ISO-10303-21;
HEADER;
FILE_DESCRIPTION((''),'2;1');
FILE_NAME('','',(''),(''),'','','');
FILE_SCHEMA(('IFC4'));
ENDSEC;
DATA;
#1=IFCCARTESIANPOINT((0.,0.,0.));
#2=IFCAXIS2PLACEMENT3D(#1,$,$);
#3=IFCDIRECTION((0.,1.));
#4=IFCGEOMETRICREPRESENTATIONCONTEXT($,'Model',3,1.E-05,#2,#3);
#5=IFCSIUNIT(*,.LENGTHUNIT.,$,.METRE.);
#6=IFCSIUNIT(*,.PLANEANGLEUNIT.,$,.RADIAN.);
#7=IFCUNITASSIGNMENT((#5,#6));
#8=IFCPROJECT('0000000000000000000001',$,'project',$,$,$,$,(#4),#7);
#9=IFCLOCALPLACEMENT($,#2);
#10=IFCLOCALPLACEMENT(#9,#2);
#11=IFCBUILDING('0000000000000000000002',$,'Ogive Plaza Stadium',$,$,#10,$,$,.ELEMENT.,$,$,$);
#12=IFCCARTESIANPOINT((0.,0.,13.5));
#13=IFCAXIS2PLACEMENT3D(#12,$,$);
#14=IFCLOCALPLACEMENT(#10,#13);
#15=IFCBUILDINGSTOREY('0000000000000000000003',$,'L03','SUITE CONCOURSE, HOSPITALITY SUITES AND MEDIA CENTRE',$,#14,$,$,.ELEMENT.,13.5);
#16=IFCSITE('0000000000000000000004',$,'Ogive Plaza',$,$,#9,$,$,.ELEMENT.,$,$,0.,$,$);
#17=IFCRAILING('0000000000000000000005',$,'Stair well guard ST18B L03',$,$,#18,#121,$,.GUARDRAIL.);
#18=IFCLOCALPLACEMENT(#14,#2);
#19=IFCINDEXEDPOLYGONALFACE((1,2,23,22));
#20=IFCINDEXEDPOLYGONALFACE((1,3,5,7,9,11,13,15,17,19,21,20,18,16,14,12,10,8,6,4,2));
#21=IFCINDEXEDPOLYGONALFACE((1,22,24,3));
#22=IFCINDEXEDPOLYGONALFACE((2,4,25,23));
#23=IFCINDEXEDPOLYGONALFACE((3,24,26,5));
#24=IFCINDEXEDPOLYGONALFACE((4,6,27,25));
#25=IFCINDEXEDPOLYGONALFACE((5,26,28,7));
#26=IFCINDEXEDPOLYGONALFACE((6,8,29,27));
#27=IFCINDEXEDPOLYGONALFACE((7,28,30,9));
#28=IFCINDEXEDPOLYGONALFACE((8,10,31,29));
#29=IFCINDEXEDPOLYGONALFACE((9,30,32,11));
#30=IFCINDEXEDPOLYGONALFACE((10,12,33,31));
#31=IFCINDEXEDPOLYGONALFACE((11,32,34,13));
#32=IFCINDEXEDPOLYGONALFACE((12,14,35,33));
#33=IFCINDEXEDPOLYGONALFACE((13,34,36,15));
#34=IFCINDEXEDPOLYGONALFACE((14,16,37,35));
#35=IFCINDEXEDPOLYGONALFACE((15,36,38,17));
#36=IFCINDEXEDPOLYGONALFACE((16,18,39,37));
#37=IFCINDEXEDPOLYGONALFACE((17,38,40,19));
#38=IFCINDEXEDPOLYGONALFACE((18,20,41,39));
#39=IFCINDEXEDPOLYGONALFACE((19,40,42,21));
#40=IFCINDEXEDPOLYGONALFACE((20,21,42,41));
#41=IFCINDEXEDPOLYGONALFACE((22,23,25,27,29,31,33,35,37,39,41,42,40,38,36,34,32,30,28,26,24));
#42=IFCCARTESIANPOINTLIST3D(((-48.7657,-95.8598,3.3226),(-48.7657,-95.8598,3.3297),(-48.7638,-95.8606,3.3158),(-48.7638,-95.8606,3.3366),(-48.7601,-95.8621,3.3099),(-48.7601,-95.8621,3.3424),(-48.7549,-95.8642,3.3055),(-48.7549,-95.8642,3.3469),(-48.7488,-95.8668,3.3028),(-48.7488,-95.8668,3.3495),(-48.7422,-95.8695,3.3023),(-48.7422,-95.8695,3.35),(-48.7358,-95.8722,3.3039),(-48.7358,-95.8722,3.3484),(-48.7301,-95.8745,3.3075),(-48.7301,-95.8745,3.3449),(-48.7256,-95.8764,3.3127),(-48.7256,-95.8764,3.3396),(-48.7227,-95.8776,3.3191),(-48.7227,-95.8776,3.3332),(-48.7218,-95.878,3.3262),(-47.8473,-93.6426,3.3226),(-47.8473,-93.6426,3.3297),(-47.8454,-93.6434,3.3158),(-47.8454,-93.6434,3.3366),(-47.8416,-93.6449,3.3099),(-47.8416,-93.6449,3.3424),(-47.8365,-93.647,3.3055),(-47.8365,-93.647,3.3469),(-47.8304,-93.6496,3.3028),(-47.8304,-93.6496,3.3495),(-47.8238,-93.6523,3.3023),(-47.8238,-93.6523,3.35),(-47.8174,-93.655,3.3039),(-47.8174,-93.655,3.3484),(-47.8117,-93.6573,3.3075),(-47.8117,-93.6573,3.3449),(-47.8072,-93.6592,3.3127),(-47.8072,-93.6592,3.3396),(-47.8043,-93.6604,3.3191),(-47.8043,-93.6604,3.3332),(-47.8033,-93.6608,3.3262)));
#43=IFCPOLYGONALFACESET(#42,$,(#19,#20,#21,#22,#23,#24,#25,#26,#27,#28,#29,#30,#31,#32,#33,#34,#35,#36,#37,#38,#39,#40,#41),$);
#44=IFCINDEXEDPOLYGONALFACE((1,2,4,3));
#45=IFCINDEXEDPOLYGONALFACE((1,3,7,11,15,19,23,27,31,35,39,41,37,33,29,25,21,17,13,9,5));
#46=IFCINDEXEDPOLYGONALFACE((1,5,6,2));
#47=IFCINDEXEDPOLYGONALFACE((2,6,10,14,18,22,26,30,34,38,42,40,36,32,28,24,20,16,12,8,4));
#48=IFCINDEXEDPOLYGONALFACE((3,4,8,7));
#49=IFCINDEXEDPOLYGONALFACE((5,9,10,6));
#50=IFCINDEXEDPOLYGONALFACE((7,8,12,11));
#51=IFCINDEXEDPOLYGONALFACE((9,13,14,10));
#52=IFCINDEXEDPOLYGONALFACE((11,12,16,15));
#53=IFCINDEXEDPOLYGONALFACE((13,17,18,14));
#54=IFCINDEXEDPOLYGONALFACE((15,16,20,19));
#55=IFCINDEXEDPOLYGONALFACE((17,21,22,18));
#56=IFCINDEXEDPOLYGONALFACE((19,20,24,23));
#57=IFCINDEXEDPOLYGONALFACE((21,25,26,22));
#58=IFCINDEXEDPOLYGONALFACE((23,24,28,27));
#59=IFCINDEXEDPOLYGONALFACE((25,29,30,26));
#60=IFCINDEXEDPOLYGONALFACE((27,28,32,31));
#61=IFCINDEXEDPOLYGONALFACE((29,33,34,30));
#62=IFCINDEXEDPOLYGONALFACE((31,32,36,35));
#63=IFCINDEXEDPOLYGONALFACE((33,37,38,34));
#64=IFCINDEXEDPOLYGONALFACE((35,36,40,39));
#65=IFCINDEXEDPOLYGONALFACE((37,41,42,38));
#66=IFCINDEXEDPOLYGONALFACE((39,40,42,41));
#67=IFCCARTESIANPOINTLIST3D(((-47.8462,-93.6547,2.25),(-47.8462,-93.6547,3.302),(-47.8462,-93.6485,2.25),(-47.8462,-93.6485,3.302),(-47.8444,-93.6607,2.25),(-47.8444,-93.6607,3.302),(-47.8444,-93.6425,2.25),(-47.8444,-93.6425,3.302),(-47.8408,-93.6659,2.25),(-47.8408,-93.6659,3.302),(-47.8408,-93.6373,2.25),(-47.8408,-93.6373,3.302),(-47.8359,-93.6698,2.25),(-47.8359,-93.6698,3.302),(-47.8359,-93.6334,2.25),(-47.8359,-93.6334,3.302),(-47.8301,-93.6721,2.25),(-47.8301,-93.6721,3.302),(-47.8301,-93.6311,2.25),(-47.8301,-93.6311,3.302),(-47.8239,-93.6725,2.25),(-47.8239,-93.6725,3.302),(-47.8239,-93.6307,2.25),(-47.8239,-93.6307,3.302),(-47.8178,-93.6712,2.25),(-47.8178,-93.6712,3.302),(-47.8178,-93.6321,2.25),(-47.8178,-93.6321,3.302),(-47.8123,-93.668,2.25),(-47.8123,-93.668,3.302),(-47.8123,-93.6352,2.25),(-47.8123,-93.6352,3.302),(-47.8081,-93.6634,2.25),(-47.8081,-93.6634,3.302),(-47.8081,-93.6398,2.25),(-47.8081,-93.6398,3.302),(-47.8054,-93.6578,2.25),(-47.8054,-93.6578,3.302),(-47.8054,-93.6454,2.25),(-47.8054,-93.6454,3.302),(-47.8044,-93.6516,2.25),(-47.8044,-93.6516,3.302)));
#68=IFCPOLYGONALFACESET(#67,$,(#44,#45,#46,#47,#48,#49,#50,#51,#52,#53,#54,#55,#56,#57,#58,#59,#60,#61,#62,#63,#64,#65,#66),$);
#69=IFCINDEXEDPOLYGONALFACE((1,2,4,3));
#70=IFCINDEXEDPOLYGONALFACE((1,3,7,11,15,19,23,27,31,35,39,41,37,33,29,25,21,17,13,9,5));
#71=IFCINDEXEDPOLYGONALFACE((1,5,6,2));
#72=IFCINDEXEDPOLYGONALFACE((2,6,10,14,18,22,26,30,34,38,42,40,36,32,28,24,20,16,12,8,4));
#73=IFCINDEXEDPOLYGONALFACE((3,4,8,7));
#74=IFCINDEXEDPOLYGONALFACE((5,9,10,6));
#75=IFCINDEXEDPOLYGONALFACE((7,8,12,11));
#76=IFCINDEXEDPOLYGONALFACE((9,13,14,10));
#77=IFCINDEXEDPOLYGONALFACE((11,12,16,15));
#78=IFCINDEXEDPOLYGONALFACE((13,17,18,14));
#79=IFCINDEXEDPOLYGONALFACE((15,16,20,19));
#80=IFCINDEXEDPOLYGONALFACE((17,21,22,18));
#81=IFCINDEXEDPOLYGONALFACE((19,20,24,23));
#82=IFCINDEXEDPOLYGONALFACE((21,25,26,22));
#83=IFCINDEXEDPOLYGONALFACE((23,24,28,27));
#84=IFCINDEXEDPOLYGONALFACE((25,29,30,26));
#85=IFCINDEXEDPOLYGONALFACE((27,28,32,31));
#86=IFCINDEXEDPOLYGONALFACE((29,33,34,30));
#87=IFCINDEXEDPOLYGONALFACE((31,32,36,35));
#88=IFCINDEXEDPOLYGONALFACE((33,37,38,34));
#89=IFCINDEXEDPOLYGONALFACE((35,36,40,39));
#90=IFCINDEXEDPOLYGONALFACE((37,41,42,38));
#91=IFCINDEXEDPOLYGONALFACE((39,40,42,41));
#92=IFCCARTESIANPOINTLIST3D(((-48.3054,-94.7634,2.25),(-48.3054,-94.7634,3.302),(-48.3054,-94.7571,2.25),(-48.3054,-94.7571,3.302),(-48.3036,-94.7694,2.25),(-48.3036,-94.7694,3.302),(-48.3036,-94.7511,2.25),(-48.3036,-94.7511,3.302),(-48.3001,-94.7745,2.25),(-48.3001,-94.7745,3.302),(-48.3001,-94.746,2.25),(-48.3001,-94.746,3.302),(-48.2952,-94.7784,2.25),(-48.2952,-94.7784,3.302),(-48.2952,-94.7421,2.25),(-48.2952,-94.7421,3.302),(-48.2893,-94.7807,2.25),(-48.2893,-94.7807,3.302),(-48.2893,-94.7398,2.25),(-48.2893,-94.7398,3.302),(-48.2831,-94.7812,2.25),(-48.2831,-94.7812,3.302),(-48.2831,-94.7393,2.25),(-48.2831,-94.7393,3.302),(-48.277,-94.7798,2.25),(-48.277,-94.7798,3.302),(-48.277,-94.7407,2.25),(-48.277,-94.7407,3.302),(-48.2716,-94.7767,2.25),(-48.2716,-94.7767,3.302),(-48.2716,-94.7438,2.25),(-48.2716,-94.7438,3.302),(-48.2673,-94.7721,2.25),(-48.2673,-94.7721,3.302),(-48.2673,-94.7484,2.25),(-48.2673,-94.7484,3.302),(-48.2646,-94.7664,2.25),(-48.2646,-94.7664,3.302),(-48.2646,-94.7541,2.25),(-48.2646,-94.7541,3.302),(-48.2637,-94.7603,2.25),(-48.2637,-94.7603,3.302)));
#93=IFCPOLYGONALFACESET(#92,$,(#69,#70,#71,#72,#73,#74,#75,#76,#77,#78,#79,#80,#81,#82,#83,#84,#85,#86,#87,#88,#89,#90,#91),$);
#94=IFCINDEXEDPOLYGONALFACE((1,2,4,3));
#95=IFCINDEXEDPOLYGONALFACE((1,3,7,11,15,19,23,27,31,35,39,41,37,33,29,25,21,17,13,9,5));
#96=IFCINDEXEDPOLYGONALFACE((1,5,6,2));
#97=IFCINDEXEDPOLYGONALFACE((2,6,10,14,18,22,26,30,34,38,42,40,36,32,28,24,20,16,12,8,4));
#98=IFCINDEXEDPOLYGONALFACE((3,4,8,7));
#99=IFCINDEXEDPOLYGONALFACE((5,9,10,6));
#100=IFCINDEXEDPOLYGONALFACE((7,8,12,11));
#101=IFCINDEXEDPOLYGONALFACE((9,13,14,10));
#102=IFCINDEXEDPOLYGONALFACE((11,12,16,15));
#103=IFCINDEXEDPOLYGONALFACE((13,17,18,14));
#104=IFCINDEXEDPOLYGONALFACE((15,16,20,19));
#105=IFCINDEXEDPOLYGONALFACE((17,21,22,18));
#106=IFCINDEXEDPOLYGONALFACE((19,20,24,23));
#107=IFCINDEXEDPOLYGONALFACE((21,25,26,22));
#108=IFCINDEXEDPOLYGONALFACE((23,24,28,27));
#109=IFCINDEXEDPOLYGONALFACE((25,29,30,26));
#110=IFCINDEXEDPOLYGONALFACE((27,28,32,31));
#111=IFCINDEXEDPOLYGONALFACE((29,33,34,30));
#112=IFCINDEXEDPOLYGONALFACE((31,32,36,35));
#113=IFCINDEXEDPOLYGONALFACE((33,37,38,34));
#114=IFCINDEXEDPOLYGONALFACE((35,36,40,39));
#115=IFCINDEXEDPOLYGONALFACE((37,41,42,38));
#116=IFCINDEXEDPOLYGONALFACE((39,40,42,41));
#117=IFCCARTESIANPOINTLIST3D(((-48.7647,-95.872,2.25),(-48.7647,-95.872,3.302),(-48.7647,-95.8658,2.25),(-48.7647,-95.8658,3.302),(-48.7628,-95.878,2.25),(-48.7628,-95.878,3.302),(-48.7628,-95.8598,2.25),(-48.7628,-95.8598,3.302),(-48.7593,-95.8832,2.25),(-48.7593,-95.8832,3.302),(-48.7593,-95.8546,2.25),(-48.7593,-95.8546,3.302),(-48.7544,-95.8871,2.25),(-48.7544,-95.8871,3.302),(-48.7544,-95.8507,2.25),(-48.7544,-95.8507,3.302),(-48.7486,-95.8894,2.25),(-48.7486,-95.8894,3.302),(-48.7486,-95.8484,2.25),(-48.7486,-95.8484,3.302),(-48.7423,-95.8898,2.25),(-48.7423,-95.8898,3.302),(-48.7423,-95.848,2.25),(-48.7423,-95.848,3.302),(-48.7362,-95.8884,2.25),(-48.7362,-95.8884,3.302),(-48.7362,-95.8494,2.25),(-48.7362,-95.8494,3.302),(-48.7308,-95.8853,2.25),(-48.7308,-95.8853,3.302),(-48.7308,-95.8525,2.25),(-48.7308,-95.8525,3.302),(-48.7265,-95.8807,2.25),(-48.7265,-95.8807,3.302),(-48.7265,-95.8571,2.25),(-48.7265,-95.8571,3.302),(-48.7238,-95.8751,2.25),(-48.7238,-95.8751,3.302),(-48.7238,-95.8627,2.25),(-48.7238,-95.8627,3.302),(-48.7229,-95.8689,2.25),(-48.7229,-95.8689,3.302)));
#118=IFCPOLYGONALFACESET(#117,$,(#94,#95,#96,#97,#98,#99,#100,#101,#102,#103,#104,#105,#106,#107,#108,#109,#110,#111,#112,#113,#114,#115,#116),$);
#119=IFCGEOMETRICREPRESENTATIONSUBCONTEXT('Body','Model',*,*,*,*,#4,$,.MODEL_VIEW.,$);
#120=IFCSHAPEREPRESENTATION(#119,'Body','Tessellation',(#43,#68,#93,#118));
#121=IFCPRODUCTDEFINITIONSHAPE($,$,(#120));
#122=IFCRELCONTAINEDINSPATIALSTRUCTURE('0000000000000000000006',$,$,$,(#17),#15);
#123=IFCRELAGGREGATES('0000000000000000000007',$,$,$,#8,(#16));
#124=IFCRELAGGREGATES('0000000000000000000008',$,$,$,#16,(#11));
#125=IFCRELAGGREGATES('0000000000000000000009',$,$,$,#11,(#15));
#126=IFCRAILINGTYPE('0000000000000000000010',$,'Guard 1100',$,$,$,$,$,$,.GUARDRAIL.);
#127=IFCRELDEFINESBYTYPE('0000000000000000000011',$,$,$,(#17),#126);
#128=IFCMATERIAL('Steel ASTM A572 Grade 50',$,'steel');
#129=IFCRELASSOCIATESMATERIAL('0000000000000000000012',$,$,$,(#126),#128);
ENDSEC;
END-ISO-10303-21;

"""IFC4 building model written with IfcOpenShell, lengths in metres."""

from ifc_helpers import new_model, si_unit, direction, frame, origin, origin_2d, place, context, subcontext, project, spatial, circle, extrude, material, type_object, element, save


model = new_model("IFC4")

# Units and contexts
model_context = context("Model", 3, precision=1e-05, world=origin(), true_north=direction((0.0, 1.0)))
body_context = subcontext(model_context, "Body", "Model", "MODEL_VIEW")
ifc_project = project(units=[si_unit("LENGTHUNIT", "METRE"), si_unit("PLANEANGLEUNIT", "RADIAN")], contexts=[model_context])

# Site, building, storey
site_placement = place(None, origin())
site = spatial("IfcSite", under=ifc_project, at=site_placement, Name="Ogive Plaza", CompositionType="ELEMENT", RefElevation=0.0)
building_placement = place(site_placement, origin())
building = spatial("IfcBuilding", under=site, at=building_placement, Name="Ogive Plaza Stadium", CompositionType="ELEMENT")
storey_placement = place(building_placement, frame((0.0, 0.0, 13.5)))
storey = spatial("IfcBuildingStorey", under=building, at=storey_placement, Name="L03", Description="SUITE CONCOURSE, HOSPITALITY SUITES AND MEDIA CENTRE", CompositionType="ELEMENT", Elevation=13.5)

# Railing
ifc_material_1 = material(Name="Steel ASTM A572 Grade 50", Category="steel")
railing_type_1 = type_object("IfcRailingType", Name="Guard 1100", PredefinedType="GUARDRAIL", material=ifc_material_1)
for number, where, name in (
    (1, (-47.8254, -93.6516, 2.25), "Stair well guard ST18B L03"),
):
    element("IfcRailing", number, at=place(storey_placement, frame(where)), inside=storey, type_object=railing_type_1, Name=name, PredefinedType="GUARDRAIL", context=body_context, shape_type="SweptSolid", body=[
        extrude(circle(Radius=0.0239, at=origin_2d()), frame((0.0, 0.0, 1.0762), z_axis=(-0.382693, -0.923875, 0.0), x_axis=(0.923875, -0.382693, 0.0)), (0.0, 0.0, 1.0), 2.3999),
        extrude(circle(Radius=0.021, at=origin_2d()), origin(), (0.0, 0.0, 1.0), 1.052),
        extrude(circle(Radius=0.021, at=origin_2d()), frame((-0.4592, -1.1086, 0.0)), (0.0, 0.0, 1.0), 1.052),
        extrude(circle(Radius=0.021, at=origin_2d()), frame((-0.9185, -2.2173, 0.0)), (0.0, 0.0, 1.0), 1.052),
    ])

save(model, "model.ifc")
